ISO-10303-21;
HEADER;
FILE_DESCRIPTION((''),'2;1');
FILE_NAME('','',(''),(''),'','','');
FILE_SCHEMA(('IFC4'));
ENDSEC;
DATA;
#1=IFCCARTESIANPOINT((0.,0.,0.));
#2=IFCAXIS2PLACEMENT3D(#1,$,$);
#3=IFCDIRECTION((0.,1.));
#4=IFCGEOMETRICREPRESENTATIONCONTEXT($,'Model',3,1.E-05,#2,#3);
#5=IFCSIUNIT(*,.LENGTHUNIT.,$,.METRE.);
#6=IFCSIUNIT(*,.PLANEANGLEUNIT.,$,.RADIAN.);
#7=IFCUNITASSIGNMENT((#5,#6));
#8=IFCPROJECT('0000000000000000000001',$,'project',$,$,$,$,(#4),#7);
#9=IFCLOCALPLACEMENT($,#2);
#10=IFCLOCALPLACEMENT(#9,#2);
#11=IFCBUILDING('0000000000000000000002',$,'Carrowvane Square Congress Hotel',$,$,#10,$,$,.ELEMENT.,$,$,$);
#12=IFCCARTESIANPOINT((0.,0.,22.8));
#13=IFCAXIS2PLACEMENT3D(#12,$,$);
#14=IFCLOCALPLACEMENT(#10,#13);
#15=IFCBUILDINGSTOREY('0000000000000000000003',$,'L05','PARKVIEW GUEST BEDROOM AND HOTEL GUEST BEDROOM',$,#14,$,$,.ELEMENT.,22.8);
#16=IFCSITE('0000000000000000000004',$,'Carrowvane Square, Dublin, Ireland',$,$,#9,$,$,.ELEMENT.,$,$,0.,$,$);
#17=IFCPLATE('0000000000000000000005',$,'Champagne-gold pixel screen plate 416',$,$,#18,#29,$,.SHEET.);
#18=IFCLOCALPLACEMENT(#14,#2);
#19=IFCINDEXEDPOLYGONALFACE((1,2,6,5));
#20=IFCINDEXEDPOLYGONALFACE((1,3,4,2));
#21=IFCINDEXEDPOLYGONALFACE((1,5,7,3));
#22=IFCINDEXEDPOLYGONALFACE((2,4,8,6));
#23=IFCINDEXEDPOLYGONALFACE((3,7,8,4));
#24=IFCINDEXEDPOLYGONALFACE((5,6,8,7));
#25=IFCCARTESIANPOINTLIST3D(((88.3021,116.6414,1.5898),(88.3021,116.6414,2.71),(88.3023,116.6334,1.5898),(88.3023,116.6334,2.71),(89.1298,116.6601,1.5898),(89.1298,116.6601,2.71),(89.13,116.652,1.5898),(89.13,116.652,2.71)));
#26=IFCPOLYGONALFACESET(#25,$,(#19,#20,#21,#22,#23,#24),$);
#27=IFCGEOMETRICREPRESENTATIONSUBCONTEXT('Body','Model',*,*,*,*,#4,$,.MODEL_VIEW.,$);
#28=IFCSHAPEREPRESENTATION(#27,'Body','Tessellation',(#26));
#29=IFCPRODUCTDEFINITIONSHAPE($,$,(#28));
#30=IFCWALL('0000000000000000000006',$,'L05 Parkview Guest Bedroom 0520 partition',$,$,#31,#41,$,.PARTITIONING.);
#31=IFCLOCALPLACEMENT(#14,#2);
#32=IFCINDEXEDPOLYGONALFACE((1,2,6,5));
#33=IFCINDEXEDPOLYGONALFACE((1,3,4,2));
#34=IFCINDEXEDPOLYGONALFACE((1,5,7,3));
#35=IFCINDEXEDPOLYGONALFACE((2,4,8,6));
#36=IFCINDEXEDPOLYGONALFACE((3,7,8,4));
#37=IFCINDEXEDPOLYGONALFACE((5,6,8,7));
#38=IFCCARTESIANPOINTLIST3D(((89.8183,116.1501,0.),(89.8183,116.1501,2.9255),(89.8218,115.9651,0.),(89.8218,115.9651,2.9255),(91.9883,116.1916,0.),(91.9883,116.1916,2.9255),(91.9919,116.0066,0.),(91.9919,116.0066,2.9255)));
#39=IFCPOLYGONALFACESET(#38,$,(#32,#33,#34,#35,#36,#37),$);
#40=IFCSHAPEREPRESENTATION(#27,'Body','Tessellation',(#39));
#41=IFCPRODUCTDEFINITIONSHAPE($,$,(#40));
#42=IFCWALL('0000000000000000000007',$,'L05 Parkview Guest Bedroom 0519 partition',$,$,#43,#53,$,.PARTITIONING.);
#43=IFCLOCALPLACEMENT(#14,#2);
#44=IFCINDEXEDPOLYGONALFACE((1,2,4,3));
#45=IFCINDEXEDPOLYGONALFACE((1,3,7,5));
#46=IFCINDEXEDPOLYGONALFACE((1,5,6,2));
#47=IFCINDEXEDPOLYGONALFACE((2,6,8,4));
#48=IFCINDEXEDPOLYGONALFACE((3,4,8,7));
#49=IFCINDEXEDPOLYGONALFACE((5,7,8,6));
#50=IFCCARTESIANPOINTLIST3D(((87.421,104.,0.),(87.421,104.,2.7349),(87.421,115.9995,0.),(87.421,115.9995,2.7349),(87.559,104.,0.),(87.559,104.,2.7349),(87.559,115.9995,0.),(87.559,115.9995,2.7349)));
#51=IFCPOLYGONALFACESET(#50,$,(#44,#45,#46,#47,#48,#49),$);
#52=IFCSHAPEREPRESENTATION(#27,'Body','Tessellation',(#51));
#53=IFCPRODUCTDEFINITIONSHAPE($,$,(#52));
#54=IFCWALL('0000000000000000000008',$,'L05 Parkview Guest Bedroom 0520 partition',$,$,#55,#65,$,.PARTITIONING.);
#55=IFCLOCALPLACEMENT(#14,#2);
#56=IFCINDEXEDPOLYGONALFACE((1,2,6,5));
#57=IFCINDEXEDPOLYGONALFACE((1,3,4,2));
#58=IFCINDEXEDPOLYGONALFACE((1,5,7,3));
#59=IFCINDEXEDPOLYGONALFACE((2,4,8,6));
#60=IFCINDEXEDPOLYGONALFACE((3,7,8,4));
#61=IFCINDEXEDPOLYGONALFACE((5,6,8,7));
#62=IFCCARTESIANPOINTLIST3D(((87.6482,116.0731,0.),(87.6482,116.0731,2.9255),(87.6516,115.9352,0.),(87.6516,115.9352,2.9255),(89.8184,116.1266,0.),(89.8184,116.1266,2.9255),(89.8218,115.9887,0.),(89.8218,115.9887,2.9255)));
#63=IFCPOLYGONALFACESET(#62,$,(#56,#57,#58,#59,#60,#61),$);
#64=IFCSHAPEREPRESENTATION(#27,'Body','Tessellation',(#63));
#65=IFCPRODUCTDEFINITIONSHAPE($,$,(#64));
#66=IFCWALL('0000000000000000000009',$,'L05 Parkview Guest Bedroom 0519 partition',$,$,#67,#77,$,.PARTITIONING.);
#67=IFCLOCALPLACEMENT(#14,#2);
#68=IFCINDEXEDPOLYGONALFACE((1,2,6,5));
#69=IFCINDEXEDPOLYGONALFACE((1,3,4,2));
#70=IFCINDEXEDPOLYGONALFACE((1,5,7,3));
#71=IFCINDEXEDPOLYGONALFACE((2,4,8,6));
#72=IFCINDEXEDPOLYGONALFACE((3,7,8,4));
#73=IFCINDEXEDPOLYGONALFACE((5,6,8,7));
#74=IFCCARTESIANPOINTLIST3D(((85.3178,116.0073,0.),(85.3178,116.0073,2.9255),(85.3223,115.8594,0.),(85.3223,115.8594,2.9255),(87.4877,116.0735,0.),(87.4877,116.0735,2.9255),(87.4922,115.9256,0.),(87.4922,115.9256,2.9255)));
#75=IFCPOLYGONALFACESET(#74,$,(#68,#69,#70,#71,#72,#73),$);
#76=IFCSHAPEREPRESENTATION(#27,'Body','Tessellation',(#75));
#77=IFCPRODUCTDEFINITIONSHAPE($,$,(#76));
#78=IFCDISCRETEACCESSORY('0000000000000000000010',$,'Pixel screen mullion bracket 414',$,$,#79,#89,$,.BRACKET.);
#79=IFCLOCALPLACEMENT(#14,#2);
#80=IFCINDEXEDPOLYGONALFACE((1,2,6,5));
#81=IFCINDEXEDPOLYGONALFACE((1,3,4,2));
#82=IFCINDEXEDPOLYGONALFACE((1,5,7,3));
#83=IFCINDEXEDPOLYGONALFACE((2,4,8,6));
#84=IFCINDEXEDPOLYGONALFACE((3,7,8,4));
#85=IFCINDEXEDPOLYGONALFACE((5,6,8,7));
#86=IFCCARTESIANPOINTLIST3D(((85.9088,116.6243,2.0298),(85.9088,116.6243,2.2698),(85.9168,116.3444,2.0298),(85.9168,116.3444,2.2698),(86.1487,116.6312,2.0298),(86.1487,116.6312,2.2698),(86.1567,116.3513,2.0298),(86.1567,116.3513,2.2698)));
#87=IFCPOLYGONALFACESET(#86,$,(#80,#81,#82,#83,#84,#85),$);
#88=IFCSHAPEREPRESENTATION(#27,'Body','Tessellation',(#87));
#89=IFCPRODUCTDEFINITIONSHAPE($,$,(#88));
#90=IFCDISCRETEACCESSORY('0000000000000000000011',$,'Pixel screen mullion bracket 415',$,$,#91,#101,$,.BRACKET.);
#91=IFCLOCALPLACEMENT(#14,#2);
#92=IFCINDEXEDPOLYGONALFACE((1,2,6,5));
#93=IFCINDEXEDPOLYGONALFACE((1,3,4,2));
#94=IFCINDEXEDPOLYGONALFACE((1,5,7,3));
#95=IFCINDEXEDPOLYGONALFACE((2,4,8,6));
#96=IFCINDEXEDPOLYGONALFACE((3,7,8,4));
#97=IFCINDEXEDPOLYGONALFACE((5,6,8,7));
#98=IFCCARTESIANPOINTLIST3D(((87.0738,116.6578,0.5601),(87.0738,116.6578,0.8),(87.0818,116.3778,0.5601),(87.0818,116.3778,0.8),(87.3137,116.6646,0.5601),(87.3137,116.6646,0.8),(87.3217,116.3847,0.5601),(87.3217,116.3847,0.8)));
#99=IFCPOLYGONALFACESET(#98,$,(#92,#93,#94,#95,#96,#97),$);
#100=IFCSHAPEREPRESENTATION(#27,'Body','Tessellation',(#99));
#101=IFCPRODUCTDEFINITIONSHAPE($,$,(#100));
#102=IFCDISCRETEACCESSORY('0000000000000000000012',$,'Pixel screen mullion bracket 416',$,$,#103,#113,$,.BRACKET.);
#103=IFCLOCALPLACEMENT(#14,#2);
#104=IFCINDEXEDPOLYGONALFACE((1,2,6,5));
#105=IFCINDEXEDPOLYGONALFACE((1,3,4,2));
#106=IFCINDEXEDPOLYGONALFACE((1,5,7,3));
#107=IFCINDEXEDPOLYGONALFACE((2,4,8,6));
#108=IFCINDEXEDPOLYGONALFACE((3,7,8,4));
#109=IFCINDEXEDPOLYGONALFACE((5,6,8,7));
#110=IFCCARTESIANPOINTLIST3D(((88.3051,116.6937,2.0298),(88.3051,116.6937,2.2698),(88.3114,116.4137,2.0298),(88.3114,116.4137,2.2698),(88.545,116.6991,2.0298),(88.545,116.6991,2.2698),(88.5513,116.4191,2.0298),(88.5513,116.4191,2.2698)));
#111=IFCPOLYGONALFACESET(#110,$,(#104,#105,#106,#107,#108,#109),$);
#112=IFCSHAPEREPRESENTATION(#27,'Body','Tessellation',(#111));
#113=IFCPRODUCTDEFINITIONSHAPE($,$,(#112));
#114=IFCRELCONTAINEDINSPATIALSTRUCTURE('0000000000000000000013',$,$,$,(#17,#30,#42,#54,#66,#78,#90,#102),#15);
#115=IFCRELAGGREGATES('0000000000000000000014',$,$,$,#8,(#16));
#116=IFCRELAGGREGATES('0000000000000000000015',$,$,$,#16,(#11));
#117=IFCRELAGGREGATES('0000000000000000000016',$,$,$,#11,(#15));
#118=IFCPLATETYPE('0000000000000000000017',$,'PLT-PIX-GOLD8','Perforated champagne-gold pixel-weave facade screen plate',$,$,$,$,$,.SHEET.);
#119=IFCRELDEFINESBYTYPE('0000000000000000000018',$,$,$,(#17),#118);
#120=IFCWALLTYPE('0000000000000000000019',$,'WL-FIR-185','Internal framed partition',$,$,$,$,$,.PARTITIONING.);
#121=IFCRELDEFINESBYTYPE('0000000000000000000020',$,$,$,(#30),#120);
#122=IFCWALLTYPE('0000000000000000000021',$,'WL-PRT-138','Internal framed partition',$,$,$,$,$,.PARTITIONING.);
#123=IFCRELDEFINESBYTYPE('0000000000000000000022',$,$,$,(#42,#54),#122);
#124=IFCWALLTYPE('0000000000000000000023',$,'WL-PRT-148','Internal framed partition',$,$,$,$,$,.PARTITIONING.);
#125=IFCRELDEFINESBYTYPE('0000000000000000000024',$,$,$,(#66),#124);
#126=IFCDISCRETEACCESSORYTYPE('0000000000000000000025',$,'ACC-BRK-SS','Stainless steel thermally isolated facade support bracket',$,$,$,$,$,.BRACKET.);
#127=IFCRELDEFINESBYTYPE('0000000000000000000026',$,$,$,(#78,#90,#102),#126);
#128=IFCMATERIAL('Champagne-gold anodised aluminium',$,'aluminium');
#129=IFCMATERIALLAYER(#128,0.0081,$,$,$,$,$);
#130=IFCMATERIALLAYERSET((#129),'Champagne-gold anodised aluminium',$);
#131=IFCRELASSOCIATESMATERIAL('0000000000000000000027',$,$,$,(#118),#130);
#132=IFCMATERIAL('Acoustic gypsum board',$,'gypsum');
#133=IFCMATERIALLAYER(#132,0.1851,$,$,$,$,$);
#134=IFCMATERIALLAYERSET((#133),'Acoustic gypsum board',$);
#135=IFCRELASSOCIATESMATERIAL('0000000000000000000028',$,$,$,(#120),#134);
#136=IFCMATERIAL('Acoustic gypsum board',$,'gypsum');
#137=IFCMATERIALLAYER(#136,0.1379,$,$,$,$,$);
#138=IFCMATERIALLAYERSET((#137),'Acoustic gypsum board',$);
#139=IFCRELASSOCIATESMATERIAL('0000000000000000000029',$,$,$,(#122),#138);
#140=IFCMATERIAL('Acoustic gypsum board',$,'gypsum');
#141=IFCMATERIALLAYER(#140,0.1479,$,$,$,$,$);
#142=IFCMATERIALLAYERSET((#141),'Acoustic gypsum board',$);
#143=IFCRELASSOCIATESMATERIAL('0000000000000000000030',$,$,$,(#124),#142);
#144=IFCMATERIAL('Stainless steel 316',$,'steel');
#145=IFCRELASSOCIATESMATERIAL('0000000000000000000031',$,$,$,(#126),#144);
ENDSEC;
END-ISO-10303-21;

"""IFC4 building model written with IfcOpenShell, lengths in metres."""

from ifc_helpers import new_model, si_unit, direction, frame, frame_2d, origin, origin_2d, place, context, subcontext, project, spatial, rectangle, extrude, material, layer, layer_set, type_object, element, save


model = new_model("IFC4")

# Units and contexts
model_context = context("Model", 3, precision=1e-05, world=origin(), true_north=direction((0.0, 1.0)))
body_context = subcontext(model_context, "Body", "Model", "MODEL_VIEW")
ifc_project = project(units=[si_unit("LENGTHUNIT", "METRE"), si_unit("PLANEANGLEUNIT", "RADIAN")], contexts=[model_context])

# Site, building, storey
site_placement = place(None, origin())
site = spatial("IfcSite", under=ifc_project, at=site_placement, Name="Carrowvane Square, Dublin, Ireland", CompositionType="ELEMENT", RefElevation=0.0)
building_placement = place(site_placement, origin())
building = spatial("IfcBuilding", under=site, at=building_placement, Name="Carrowvane Square Congress Hotel", CompositionType="ELEMENT")
storey_placement = place(building_placement, frame((0.0, 0.0, 22.8)))
storey = spatial("IfcBuildingStorey", under=building, at=storey_placement, Name="L05", Description="PARKVIEW GUEST BEDROOM AND HOTEL GUEST BEDROOM", CompositionType="ELEMENT", Elevation=22.8)

# Plate
ifc_material_1 = material(Name="Champagne-gold anodised aluminium", Category="aluminium")
ifc_layer_1 = layer(ifc_material_1, 0.0081)
ifc_layer_set_1 = layer_set([ifc_layer_1], Name="Champagne-gold anodised aluminium")
plate_type_1 = type_object("IfcPlateType", Name="PLT-PIX-GOLD8", Description="Perforated champagne-gold pixel-weave facade screen plate", PredefinedType="SHEET", material=ifc_layer_set_1)
for number, where, z_axis, x_axis, name in (
    (1, (88.7161, 116.6467, 1.5898), (0.0, 0.0, 1.0), (0.999746, 0.022519, 0.0), "Champagne-gold pixel screen plate 416"),
):
    element("IfcPlate", number, at=place(storey_placement, frame(where, z_axis=z_axis, x_axis=x_axis)), inside=storey, type_object=plate_type_1, Name=name, PredefinedType="SHEET", context=body_context, shape_type="SweptSolid", body=[
        extrude(rectangle(XDim=0.8279, YDim=0.0081, at=origin_2d()), origin(), (0.0, 0.0, 1.0), 1.1201),
    ])

# Walls
ifc_material_2 = material(Name="Acoustic gypsum board", Category="gypsum")
ifc_layer_2 = layer(ifc_material_2, 0.1851)
ifc_layer_set_2 = layer_set([ifc_layer_2], Name="Acoustic gypsum board")
wall_type_1 = type_object("IfcWallType", Name="WL-FIR-185", Description="Internal framed partition", PredefinedType="PARTITIONING", material=ifc_layer_set_2)
wall_1_placement = place(storey_placement, frame((89.8201, 116.0576, 0.0), z_axis=(0.0, 0.0, 1.0), x_axis=(0.999817, 0.019123, 0.0)))
element("IfcWall", 2, at=wall_1_placement, inside=storey, type_object=wall_type_1, Name="L05 Parkview Guest Bedroom 0520 partition", PredefinedType="PARTITIONING", context=body_context, shape_type="SweptSolid", body=[
    extrude(rectangle(XDim=2.1704, YDim=0.1851, at=frame_2d((1.0852, 0.0))), origin(), (0.0, 0.0, 1.0), 2.9255),
])
ifc_material_3 = material(Name="Acoustic gypsum board", Category="gypsum")
ifc_layer_3 = layer(ifc_material_3, 0.1379)
ifc_layer_set_3 = layer_set([ifc_layer_3], Name="Acoustic gypsum board")
wall_type_2 = type_object("IfcWallType", Name="WL-PRT-138", Description="Internal framed partition", PredefinedType="PARTITIONING", material=ifc_layer_set_3)
wall_2_placement = place(storey_placement, frame((87.49, 115.9995, 0.0), z_axis=(0.0, 0.0, 1.0), x_axis=(0.0, -1.0, 0.0)))
element("IfcWall", 3, at=wall_2_placement, inside=storey, type_object=wall_type_2, Name="L05 Parkview Guest Bedroom 0519 partition", PredefinedType="PARTITIONING", context=body_context, shape_type="SweptSolid", body=[
    extrude(rectangle(XDim=11.9995, YDim=0.1379, at=frame_2d((5.9998, 0.0))), origin(), (0.0, 0.0, 1.0), 2.7349),
])
wall_3_placement = place(storey_placement, frame((87.6499, 116.0042, 0.0), z_axis=(0.0, 0.0, 1.0), x_axis=(0.999697, 0.02463, 0.0)))
element("IfcWall", 4, at=wall_3_placement, inside=storey, type_object=wall_type_2, Name="L05 Parkview Guest Bedroom 0520 partition", PredefinedType="PARTITIONING", context=body_context, shape_type="SweptSolid", body=[
    extrude(rectangle(XDim=2.1709, YDim=0.1379, at=frame_2d((1.0854, 0.0))), origin(), (0.0, 0.0, 1.0), 2.9255),
])
ifc_material_4 = material(Name="Acoustic gypsum board", Category="gypsum")
ifc_layer_4 = layer(ifc_material_4, 0.1479)
ifc_layer_set_4 = layer_set([ifc_layer_4], Name="Acoustic gypsum board")
wall_type_3 = type_object("IfcWallType", Name="WL-PRT-148", Description="Internal framed partition", PredefinedType="PARTITIONING", material=ifc_layer_set_4)
wall_4_placement = place(storey_placement, frame((85.3201, 115.9333, 0.0), z_axis=(0.0, 0.0, 1.0), x_axis=(0.999535, 0.030476, 0.0)))
element("IfcWall", 5, at=wall_4_placement, inside=storey, type_object=wall_type_3, Name="L05 Parkview Guest Bedroom 0519 partition", PredefinedType="PARTITIONING", context=body_context, shape_type="SweptSolid", body=[
    extrude(rectangle(XDim=2.1709, YDim=0.1479, at=frame_2d((1.0854, 0.0))), origin(), (0.0, 0.0, 1.0), 2.9255),
])

# Discrete accessories
ifc_material_5 = material(Name="Stainless steel 316", Category="steel")
discrete_accessory_type = type_object("IfcDiscreteAccessoryType", Name="ACC-BRK-SS", Description="Stainless steel thermally isolated facade support bracket", PredefinedType="BRACKET", material=ifc_material_5)
for number, where, z_axis, x_axis, name in (
    (6, (86.0327, 116.4878, 2.0298), (0.0, 0.0, 1.0), (0.99959, 0.028639, 0.0), "Pixel screen mullion bracket 414"),
    (7, (87.1978, 116.5212, 0.5601), (0.0, 0.0, 1.0), (0.99959, 0.028639, 0.0), "Pixel screen mullion bracket 415"),
    (8, (88.4282, 116.5564, 2.0298), (0.0, 0.0, 1.0), (0.999746, 0.022519, 0.0), "Pixel screen mullion bracket 416"),
):
    element("IfcDiscreteAccessory", number, at=place(storey_placement, frame(where, z_axis=z_axis, x_axis=x_axis)), inside=storey, type_object=discrete_accessory_type, Name=name, PredefinedType="BRACKET", context=body_context, shape_type="SweptSolid", body=[
        extrude(rectangle(XDim=0.24, YDim=0.28, at=origin_2d()), origin(), (0.0, 0.0, 1.0), 0.24),
    ])

save(model, "model.ifc")
